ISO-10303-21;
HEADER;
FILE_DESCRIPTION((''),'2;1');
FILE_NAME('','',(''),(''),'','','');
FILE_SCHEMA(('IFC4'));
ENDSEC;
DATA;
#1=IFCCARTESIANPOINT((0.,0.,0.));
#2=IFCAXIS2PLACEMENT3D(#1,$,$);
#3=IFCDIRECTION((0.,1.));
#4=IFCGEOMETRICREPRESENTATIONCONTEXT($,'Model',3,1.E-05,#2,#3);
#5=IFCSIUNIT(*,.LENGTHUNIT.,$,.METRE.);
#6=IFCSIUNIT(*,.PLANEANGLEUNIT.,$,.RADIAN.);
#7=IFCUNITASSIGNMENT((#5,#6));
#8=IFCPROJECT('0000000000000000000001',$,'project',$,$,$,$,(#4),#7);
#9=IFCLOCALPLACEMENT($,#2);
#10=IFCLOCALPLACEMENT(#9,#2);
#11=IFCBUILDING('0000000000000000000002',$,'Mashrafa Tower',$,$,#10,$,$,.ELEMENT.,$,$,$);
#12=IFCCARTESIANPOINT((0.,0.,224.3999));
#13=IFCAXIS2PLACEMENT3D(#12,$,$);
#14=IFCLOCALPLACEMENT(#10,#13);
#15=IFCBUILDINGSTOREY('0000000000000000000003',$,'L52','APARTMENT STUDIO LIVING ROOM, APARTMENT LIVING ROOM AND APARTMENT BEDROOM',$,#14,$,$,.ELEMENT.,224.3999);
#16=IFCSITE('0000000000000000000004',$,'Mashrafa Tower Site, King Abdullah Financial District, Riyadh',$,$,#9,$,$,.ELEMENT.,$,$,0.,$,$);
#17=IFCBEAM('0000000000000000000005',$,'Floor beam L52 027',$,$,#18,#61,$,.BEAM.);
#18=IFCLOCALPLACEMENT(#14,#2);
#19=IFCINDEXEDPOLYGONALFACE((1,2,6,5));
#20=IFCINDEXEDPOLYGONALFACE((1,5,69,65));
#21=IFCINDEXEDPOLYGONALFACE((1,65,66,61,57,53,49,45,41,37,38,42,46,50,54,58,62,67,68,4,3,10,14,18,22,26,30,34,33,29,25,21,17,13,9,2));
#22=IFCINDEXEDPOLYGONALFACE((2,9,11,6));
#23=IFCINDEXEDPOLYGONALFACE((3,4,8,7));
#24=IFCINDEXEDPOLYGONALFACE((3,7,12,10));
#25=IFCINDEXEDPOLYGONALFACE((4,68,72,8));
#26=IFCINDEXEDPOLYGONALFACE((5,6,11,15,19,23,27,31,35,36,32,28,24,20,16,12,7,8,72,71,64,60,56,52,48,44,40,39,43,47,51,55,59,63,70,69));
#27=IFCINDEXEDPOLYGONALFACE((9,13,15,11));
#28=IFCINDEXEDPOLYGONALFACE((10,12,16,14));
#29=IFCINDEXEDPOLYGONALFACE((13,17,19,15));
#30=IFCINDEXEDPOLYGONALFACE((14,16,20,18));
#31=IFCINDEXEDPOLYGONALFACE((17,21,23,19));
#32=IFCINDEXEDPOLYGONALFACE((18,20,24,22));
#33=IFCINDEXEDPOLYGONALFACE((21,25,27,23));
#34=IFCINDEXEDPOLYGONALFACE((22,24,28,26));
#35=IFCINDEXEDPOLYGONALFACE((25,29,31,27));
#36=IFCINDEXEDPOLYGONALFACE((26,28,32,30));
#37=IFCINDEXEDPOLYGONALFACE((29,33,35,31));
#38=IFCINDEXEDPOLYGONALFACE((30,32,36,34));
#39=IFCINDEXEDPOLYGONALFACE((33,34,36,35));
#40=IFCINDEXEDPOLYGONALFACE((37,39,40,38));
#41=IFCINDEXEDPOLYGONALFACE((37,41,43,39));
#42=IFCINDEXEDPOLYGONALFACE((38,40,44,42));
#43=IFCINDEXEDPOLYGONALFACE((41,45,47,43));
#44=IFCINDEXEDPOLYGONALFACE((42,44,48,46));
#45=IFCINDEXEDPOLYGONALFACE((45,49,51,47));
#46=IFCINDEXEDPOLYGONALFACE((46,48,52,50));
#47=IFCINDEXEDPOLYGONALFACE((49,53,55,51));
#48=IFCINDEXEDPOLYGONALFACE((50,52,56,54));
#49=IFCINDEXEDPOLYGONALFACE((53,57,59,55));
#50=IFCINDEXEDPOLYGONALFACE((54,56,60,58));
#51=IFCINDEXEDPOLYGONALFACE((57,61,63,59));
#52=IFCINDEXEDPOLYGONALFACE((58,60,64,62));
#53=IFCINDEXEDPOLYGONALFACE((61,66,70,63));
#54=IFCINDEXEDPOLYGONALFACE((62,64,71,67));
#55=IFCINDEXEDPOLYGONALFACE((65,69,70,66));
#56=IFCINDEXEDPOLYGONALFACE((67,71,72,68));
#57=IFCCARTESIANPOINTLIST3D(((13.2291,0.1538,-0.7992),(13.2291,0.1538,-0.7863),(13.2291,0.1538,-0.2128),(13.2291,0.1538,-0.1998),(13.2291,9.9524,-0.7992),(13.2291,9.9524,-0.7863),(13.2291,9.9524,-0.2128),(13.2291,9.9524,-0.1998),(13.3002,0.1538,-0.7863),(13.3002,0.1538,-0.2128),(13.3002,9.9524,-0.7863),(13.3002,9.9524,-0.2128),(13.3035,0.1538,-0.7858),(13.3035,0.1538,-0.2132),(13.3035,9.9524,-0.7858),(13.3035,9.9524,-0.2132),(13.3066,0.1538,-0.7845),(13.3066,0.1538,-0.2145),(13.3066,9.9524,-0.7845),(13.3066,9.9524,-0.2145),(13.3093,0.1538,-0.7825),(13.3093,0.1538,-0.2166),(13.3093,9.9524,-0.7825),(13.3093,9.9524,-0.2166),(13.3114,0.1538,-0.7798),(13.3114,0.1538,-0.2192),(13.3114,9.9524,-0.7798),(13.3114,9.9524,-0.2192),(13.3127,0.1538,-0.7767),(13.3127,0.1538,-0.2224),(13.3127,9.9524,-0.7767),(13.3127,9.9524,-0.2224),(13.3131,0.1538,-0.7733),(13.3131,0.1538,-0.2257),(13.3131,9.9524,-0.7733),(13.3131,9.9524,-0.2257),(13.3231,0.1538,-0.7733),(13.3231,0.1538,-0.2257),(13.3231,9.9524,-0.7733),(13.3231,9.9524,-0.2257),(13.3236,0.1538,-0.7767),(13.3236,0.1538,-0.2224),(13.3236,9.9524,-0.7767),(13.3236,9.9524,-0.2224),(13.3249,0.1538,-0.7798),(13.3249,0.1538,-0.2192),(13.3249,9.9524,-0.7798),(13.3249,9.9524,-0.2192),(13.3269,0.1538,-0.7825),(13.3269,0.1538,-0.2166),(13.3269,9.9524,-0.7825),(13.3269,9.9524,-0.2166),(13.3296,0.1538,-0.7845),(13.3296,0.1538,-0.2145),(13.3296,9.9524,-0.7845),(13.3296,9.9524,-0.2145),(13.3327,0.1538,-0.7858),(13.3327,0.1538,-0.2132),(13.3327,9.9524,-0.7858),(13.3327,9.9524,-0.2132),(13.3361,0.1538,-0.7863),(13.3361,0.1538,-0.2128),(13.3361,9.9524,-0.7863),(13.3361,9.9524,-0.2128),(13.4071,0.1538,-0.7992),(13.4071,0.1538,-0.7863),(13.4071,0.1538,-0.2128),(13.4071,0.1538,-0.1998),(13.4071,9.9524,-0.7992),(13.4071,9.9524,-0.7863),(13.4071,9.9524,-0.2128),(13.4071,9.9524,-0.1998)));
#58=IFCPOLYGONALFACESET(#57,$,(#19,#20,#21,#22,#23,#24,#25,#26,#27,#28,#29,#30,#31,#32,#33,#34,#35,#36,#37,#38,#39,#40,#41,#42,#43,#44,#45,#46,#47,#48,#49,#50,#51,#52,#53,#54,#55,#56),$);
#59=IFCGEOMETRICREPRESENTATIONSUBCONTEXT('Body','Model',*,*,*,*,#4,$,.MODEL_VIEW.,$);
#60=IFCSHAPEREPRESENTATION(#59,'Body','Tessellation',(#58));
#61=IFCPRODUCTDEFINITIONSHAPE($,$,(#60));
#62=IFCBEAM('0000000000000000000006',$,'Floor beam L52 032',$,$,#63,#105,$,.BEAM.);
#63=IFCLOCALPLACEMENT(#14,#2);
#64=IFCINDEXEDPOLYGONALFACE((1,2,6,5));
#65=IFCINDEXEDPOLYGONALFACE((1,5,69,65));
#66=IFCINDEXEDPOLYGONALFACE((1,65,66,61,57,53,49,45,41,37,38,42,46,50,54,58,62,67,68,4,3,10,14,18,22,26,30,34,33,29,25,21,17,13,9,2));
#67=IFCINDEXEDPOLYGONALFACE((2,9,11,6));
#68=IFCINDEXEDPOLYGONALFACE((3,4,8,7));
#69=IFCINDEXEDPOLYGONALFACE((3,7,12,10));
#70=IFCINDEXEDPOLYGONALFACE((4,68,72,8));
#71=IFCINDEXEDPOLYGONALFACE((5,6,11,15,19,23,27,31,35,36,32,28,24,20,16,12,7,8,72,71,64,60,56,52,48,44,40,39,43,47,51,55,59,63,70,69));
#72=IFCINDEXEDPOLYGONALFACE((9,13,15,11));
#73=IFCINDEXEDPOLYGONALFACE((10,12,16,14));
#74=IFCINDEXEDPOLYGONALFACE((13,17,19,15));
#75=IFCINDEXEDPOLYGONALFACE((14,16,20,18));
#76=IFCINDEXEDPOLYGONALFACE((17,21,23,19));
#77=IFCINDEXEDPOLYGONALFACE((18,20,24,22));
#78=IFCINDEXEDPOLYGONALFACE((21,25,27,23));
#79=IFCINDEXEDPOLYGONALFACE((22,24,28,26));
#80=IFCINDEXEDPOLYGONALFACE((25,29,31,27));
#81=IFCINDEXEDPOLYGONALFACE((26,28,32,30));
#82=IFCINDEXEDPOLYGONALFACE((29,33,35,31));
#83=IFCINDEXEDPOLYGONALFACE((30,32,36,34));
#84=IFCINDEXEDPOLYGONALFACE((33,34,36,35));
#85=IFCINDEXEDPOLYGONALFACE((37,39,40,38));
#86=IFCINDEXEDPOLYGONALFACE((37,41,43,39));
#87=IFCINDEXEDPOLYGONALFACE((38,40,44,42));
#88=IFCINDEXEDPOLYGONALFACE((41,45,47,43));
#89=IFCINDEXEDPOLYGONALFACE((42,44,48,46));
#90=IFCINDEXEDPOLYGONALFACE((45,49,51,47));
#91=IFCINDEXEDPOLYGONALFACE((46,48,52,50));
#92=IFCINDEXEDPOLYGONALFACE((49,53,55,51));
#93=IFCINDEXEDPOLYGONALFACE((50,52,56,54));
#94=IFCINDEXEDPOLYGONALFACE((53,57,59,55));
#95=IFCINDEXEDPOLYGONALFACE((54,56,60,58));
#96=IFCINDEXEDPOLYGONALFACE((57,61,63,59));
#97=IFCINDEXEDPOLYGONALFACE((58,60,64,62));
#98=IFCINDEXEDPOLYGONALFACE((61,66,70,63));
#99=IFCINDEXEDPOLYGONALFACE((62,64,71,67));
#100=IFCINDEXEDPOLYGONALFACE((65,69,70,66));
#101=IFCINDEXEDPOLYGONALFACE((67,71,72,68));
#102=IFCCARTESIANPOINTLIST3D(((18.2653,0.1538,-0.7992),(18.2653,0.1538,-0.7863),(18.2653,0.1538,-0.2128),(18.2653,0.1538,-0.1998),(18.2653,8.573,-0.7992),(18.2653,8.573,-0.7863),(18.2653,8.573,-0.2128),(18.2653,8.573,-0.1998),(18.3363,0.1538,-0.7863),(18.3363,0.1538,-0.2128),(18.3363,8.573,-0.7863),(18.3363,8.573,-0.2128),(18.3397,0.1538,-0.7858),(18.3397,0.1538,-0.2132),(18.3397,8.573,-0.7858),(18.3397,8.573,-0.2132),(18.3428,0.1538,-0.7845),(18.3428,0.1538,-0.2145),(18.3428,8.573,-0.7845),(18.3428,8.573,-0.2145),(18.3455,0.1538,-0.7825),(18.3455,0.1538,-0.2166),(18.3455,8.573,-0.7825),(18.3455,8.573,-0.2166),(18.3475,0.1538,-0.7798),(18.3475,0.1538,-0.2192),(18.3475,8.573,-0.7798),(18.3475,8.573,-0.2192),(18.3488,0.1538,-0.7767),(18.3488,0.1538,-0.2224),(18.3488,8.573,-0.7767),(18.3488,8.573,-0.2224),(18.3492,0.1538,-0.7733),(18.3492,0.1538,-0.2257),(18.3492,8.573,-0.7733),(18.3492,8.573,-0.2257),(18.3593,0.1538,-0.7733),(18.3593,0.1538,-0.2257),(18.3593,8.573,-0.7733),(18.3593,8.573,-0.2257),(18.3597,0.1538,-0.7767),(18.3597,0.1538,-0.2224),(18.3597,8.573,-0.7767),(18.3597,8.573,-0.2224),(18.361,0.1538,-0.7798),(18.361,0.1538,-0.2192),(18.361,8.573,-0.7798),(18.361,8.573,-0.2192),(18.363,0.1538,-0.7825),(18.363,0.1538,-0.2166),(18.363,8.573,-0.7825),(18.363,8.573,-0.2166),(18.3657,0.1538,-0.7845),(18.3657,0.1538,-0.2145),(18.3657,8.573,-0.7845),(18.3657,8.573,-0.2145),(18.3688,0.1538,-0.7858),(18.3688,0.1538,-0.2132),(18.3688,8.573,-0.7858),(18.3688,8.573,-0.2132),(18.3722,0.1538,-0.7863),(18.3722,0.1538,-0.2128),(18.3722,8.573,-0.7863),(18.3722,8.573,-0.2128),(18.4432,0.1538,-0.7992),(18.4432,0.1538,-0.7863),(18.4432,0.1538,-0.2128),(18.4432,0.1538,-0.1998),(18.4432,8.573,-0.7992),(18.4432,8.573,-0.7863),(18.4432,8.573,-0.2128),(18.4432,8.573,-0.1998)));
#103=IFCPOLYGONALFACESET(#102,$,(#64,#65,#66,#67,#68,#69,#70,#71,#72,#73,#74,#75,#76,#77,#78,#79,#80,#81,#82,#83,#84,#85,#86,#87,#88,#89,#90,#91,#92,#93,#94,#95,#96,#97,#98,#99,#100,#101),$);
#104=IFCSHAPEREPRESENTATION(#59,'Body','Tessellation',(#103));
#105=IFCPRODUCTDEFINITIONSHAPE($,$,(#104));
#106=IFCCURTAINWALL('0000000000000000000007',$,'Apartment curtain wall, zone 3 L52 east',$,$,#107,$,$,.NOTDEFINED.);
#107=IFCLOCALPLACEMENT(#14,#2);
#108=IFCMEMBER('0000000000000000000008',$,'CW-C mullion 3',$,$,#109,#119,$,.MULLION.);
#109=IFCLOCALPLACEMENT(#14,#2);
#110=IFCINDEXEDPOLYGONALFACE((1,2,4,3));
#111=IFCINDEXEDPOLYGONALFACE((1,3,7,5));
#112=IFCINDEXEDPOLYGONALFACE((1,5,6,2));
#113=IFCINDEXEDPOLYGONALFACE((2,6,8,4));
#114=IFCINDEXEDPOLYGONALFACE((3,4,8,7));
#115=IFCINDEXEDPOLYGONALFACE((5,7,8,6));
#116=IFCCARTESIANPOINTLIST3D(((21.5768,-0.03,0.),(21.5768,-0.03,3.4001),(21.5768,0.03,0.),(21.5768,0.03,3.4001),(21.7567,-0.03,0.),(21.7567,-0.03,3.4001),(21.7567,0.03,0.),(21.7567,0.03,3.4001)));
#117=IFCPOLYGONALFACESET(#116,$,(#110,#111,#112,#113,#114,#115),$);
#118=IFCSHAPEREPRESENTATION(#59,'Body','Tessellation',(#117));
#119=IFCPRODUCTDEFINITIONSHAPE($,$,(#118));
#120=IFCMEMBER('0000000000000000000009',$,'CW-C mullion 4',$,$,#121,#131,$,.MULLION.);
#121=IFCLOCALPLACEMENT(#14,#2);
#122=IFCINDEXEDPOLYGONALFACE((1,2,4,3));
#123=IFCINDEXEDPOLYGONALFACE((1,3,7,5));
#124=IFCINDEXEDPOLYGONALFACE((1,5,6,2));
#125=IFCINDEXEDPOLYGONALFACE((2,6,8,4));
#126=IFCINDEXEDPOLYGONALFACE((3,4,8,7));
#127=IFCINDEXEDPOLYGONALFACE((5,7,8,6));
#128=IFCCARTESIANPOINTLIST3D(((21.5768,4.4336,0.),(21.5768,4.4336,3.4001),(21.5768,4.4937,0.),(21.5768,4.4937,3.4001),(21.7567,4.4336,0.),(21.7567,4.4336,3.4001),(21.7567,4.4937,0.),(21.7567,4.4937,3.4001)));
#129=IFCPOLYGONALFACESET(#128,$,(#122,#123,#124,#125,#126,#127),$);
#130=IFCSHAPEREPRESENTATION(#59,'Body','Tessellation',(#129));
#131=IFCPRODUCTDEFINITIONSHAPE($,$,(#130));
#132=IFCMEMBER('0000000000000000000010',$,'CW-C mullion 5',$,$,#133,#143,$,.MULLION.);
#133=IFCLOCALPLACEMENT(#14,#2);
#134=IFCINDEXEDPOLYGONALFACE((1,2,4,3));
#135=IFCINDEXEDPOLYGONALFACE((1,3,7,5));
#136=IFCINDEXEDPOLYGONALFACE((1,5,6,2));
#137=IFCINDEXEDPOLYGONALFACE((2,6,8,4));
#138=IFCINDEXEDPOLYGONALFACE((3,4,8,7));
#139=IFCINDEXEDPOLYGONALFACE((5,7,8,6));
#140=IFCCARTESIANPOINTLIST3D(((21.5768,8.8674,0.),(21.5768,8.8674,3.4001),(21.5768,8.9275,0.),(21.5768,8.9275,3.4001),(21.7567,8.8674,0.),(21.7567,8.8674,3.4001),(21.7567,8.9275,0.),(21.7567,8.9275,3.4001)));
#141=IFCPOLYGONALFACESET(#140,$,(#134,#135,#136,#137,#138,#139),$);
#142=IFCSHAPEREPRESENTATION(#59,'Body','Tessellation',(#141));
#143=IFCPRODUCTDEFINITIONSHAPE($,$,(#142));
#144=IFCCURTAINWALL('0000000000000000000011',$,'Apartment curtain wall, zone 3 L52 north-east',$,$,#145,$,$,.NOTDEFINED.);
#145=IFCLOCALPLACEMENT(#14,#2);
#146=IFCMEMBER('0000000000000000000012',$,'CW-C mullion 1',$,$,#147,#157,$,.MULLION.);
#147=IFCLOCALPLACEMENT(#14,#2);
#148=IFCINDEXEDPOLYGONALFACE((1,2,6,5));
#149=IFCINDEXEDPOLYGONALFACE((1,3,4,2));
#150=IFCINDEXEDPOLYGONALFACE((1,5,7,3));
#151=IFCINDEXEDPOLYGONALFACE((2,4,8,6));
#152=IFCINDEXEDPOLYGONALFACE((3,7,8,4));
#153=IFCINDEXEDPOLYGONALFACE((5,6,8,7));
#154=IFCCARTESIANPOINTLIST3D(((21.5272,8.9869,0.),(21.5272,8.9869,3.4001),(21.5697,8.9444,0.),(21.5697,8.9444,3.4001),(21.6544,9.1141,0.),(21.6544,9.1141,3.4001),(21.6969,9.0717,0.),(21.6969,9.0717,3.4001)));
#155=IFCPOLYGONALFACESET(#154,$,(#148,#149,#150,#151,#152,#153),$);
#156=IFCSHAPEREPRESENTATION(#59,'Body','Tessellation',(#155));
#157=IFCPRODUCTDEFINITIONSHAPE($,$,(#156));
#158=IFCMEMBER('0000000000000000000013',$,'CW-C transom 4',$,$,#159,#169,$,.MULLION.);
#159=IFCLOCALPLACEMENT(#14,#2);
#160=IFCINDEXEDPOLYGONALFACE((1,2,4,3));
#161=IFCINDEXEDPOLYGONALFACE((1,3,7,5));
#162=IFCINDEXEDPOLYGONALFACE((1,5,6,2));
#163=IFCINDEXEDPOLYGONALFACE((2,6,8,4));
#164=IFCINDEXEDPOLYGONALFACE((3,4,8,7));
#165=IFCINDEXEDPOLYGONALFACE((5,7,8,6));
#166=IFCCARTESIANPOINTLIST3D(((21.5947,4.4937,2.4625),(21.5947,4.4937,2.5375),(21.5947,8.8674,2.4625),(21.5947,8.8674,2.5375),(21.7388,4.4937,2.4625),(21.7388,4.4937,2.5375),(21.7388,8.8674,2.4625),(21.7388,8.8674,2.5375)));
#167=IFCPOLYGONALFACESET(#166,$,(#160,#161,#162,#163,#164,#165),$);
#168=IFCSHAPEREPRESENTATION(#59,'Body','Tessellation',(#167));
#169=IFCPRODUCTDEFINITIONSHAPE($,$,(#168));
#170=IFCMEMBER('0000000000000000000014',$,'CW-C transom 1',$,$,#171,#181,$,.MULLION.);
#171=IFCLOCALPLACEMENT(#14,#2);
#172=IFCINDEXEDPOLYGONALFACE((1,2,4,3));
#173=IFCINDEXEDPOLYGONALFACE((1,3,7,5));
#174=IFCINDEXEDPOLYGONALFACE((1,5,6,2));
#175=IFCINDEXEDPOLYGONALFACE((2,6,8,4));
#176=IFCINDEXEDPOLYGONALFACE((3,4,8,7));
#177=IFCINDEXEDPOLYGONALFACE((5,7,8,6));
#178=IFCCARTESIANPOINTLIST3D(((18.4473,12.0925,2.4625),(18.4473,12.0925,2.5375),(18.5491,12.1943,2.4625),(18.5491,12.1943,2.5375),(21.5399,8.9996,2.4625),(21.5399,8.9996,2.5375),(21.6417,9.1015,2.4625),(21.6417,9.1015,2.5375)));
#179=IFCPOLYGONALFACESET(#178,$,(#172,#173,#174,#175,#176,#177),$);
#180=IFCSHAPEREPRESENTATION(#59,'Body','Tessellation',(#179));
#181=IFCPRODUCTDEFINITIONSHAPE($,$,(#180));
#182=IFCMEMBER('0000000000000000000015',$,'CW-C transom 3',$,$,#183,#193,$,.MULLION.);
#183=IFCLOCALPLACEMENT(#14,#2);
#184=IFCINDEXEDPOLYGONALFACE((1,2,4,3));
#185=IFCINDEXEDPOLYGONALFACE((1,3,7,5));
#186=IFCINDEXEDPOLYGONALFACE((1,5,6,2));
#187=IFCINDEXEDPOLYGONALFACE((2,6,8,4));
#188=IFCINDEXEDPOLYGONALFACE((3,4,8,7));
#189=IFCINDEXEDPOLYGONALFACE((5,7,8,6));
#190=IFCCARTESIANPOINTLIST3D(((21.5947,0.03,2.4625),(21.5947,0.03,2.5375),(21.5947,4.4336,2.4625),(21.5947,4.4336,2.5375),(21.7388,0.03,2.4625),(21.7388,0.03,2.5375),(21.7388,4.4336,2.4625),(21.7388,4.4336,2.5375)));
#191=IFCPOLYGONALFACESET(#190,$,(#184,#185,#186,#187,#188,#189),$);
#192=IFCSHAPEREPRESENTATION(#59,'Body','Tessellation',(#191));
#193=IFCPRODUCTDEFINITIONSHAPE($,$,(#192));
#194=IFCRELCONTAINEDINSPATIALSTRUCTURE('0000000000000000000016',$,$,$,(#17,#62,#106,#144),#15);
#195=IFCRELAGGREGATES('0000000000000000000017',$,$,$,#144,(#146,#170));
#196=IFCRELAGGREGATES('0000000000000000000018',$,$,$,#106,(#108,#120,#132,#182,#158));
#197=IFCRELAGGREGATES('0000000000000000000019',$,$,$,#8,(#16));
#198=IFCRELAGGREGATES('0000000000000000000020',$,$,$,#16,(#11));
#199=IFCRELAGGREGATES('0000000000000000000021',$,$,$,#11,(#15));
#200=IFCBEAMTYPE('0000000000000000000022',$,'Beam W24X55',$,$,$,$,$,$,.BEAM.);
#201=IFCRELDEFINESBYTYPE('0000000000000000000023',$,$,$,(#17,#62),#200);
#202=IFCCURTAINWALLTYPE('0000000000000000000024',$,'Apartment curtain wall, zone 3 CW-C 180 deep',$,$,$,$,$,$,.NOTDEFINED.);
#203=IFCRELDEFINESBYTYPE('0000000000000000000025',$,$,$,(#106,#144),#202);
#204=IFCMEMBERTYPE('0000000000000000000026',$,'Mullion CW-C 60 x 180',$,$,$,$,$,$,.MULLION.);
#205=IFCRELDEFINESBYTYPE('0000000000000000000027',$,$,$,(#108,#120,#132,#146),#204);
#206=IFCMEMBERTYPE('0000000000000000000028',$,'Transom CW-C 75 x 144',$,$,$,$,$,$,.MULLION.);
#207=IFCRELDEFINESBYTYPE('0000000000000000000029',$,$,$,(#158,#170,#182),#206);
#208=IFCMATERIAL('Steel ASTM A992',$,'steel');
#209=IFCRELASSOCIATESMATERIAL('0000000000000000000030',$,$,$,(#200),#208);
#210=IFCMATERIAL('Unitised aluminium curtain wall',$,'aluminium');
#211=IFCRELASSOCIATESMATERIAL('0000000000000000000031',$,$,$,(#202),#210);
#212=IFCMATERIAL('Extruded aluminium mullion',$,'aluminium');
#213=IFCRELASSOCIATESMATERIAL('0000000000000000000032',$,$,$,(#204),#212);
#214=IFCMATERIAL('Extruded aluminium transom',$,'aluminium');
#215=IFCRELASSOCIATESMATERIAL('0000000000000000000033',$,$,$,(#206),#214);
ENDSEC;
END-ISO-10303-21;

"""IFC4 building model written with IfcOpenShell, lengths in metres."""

from ifc_helpers import new_model, si_unit, direction, frame, origin, origin_2d, place, context, subcontext, project, spatial, rectangle, i_section, extrude, source, transform, mapped, material, material_profile, profile_set, type_object, type_shapes, element, aggregate, save


model = new_model("IFC4")

# Units and contexts
model_context = context("Model", 3, precision=1e-05, world=origin(), true_north=direction((0.0, 1.0)))
body_context = subcontext(model_context, "Body", "Model", "MODEL_VIEW")
ifc_project = project(units=[si_unit("LENGTHUNIT", "METRE"), si_unit("PLANEANGLEUNIT", "RADIAN")], contexts=[model_context])

# Site, building, storey
site_placement = place(None, origin())
site = spatial("IfcSite", under=ifc_project, at=site_placement, Name="Mashrafa Tower Site, King Abdullah Financial District, Riyadh", CompositionType="ELEMENT", RefElevation=0.0)
building_placement = place(site_placement, origin())
building = spatial("IfcBuilding", under=site, at=building_placement, Name="Mashrafa Tower", CompositionType="ELEMENT")
storey_placement = place(building_placement, frame((0.0, 0.0, 224.3999)))
storey = spatial("IfcBuildingStorey", under=building, at=storey_placement, Name="L52", Description="APARTMENT STUDIO LIVING ROOM, APARTMENT LIVING ROOM AND APARTMENT BEDROOM", CompositionType="ELEMENT", Elevation=224.3999)

# Beams
ifc_material_1 = material(Name="Steel ASTM A992", Category="steel")
ifc_material_profile_1 = material_profile(ifc_material_1, i_section(OverallWidth=0.178, OverallDepth=0.5994, WebThickness=0.01, FlangeThickness=0.0129, FilletRadius=0.0129, at=origin_2d()), Name="W24X55")
ifc_profile_set_1 = profile_set([ifc_material_profile_1], Name="Steel ASTM A992")
beam_type_1 = type_object("IfcBeamType", Name="Beam W24X55", PredefinedType="BEAM", material=ifc_profile_set_1)
beam_1_placement = place(storey_placement, frame((13.3181, 9.9524, -0.4995), z_axis=(0.0, -1.0, 0.0), x_axis=(1.0, 0.0, 0.0)))
element("IfcBeam", 1, at=beam_1_placement, inside=storey, type_object=beam_type_1, Name="Floor beam L52 027", PredefinedType="BEAM", context=body_context, shape_type="SweptSolid", body=[
    extrude(i_section(OverallWidth=0.178, OverallDepth=0.5994, WebThickness=0.01, FlangeThickness=0.0129, FilletRadius=0.0129, at=origin_2d()), origin(), (0.0, 0.0, 1.0), 9.7986),
])
beam_2_placement = place(storey_placement, frame((18.3542, 8.573, -0.4995), z_axis=(0.0, -1.0, 0.0), x_axis=(1.0, 0.0, 0.0)))
element("IfcBeam", 2, at=beam_2_placement, inside=storey, type_object=beam_type_1, Name="Floor beam L52 032", PredefinedType="BEAM", context=body_context, shape_type="SweptSolid", body=[
    extrude(i_section(OverallWidth=0.178, OverallDepth=0.5994, WebThickness=0.01, FlangeThickness=0.0129, FilletRadius=0.0129, at=origin_2d()), origin(), (0.0, 0.0, 1.0), 8.4192),
])

# Curtain wall, members
ifc_material_2 = material(Name="Unitised aluminium curtain wall", Category="aluminium")
curtain_wall_type = type_object("IfcCurtainWallType", Name="Apartment curtain wall, zone 3 CW-C 180 deep", PredefinedType="NOTDEFINED", material=ifc_material_2)
curtain_wall_1_placement = place(storey_placement, origin())
curtain_wall_1 = element("IfcCurtainWall", 3, at=curtain_wall_1_placement, inside=storey, type_object=curtain_wall_type, Name="Apartment curtain wall, zone 3 L52 east", PredefinedType="NOTDEFINED")
ifc_material_3 = material(Name="Extruded aluminium mullion", Category="aluminium")
ifc_material_profile_2 = material_profile(ifc_material_3, rectangle(XDim=0.1799, YDim=0.0601, at=origin_2d()), Name="Mullion 60x180")
ifc_profile_set_2 = profile_set([ifc_material_profile_2], Name="Extruded aluminium mullion")
member_type_1 = type_object("IfcMemberType", Name="Mullion CW-C 60 x 180", PredefinedType="MULLION", material=ifc_profile_set_2)
shared_shape_1 = source(origin(), body_context, "Body", "SweptSolid", [
    extrude(rectangle(XDim=0.1799, YDim=0.0601, at=origin_2d()), origin(), (0.0, 0.0, 1.0), 3.4001),
])
type_shapes(member_type_1, [shared_shape_1])
member_1_placement = place(storey_placement, frame((21.6667, 0.0, 0.0), z_axis=(0.0, 0.0, 1.0), x_axis=(-1.0, 0.0, 0.0)))
member_1 = element("IfcMember", 4, at=member_1_placement, type_object=member_type_1, Name="CW-C mullion 3", PredefinedType="MULLION", context=body_context, shape_type="MappedRepresentation", body=[
    mapped(shared_shape_1, transform((0.0, 0.0, 0.0))),
])
member_2_placement = place(storey_placement, frame((21.6667, 4.4636, 0.0), z_axis=(0.0, 0.0, 1.0), x_axis=(-1.0, 0.0, 0.0)))
member_2 = element("IfcMember", 5, at=member_2_placement, type_object=member_type_1, Name="CW-C mullion 4", PredefinedType="MULLION", context=body_context, shape_type="MappedRepresentation", body=[
    mapped(shared_shape_1, transform((0.0, 0.0, 0.0))),
])
member_3_placement = place(storey_placement, frame((21.6667, 8.8975, 0.0), z_axis=(0.0, 0.0, 1.0), x_axis=(-1.0, 0.0, 0.0)))
member_3 = element("IfcMember", 6, at=member_3_placement, type_object=member_type_1, Name="CW-C mullion 5", PredefinedType="MULLION", context=body_context, shape_type="MappedRepresentation", body=[
    mapped(shared_shape_1, transform((0.0, 0.0, 0.0))),
])

# Curtain wall, member
curtain_wall_2_placement = place(storey_placement, origin())
curtain_wall_2 = element("IfcCurtainWall", 7, at=curtain_wall_2_placement, inside=storey, type_object=curtain_wall_type, Name="Apartment curtain wall, zone 3 L52 north-east", PredefinedType="NOTDEFINED")
member_4_placement = place(storey_placement, frame((21.6121, 9.0293, 0.0), z_axis=(0.0, 0.0, 1.0), x_axis=(-0.707107, -0.707107, 0.0)))
member_4 = element("IfcMember", 8, at=member_4_placement, type_object=member_type_1, Name="CW-C mullion 1", PredefinedType="MULLION", context=body_context, shape_type="MappedRepresentation", body=[
    mapped(shared_shape_1, transform((0.0, 0.0, 0.0))),
])

# Members
ifc_material_4 = material(Name="Extruded aluminium transom", Category="aluminium")
ifc_material_profile_3 = material_profile(ifc_material_4, rectangle(XDim=0.144, YDim=0.075, at=origin_2d()), Name="Transom 75x144")
ifc_profile_set_3 = profile_set([ifc_material_profile_3], Name="Extruded aluminium transom")
member_type_2 = type_object("IfcMemberType", Name="Transom CW-C 75 x 144", PredefinedType="MULLION", material=ifc_profile_set_3)
shared_shape_2 = source(origin(), body_context, "Body", "SweptSolid", [
    extrude(rectangle(XDim=0.144, YDim=0.075, at=origin_2d()), origin(), (0.0, 0.0, 1.0), 4.3738),
])
member_5_placement = place(storey_placement, frame((21.6667, 4.4937, 2.5), z_axis=(0.0, 1.0, 0.0), x_axis=(-1.0, 0.0, 0.0)))
member_5 = element("IfcMember", 9, at=member_5_placement, type_object=member_type_2, Name="CW-C transom 4", PredefinedType="MULLION", context=body_context, shape_type="MappedRepresentation", body=[
    mapped(shared_shape_2, transform((0.0, 0.0, 0.0))),
])
member_6_placement = place(storey_placement, frame((21.5908, 9.0505, 2.5), z_axis=(-0.707079, 0.707135, 0.0), x_axis=(-0.707135, -0.707079, 0.0)))
member_6 = element("IfcMember", 10, at=member_6_placement, type_object=member_type_2, Name="CW-C transom 1", PredefinedType="MULLION", context=body_context, shape_type="MappedRepresentation", body=[
    mapped(shared_shape_2, transform((0.0, 0.0, 0.0))),
])
shared_shape_3 = source(origin(), body_context, "Body", "SweptSolid", [
    extrude(rectangle(XDim=0.144, YDim=0.075, at=origin_2d()), origin(), (0.0, 0.0, 1.0), 4.4036),
])
type_shapes(member_type_2, [shared_shape_2, shared_shape_3])
member_7_placement = place(storey_placement, frame((21.6667, 0.03, 2.5), z_axis=(0.0, 1.0, 0.0), x_axis=(-1.0, 0.0, 0.0)))
member_7 = element("IfcMember", 11, at=member_7_placement, type_object=member_type_2, Name="CW-C transom 3", PredefinedType="MULLION", context=body_context, shape_type="MappedRepresentation", body=[
    mapped(shared_shape_3, transform((0.0, 0.0, 0.0))),
])

aggregate(curtain_wall_2, [member_4, member_6])
aggregate(curtain_wall_1, [member_1, member_2, member_3, member_7, member_5])

save(model, "model.ifc")
